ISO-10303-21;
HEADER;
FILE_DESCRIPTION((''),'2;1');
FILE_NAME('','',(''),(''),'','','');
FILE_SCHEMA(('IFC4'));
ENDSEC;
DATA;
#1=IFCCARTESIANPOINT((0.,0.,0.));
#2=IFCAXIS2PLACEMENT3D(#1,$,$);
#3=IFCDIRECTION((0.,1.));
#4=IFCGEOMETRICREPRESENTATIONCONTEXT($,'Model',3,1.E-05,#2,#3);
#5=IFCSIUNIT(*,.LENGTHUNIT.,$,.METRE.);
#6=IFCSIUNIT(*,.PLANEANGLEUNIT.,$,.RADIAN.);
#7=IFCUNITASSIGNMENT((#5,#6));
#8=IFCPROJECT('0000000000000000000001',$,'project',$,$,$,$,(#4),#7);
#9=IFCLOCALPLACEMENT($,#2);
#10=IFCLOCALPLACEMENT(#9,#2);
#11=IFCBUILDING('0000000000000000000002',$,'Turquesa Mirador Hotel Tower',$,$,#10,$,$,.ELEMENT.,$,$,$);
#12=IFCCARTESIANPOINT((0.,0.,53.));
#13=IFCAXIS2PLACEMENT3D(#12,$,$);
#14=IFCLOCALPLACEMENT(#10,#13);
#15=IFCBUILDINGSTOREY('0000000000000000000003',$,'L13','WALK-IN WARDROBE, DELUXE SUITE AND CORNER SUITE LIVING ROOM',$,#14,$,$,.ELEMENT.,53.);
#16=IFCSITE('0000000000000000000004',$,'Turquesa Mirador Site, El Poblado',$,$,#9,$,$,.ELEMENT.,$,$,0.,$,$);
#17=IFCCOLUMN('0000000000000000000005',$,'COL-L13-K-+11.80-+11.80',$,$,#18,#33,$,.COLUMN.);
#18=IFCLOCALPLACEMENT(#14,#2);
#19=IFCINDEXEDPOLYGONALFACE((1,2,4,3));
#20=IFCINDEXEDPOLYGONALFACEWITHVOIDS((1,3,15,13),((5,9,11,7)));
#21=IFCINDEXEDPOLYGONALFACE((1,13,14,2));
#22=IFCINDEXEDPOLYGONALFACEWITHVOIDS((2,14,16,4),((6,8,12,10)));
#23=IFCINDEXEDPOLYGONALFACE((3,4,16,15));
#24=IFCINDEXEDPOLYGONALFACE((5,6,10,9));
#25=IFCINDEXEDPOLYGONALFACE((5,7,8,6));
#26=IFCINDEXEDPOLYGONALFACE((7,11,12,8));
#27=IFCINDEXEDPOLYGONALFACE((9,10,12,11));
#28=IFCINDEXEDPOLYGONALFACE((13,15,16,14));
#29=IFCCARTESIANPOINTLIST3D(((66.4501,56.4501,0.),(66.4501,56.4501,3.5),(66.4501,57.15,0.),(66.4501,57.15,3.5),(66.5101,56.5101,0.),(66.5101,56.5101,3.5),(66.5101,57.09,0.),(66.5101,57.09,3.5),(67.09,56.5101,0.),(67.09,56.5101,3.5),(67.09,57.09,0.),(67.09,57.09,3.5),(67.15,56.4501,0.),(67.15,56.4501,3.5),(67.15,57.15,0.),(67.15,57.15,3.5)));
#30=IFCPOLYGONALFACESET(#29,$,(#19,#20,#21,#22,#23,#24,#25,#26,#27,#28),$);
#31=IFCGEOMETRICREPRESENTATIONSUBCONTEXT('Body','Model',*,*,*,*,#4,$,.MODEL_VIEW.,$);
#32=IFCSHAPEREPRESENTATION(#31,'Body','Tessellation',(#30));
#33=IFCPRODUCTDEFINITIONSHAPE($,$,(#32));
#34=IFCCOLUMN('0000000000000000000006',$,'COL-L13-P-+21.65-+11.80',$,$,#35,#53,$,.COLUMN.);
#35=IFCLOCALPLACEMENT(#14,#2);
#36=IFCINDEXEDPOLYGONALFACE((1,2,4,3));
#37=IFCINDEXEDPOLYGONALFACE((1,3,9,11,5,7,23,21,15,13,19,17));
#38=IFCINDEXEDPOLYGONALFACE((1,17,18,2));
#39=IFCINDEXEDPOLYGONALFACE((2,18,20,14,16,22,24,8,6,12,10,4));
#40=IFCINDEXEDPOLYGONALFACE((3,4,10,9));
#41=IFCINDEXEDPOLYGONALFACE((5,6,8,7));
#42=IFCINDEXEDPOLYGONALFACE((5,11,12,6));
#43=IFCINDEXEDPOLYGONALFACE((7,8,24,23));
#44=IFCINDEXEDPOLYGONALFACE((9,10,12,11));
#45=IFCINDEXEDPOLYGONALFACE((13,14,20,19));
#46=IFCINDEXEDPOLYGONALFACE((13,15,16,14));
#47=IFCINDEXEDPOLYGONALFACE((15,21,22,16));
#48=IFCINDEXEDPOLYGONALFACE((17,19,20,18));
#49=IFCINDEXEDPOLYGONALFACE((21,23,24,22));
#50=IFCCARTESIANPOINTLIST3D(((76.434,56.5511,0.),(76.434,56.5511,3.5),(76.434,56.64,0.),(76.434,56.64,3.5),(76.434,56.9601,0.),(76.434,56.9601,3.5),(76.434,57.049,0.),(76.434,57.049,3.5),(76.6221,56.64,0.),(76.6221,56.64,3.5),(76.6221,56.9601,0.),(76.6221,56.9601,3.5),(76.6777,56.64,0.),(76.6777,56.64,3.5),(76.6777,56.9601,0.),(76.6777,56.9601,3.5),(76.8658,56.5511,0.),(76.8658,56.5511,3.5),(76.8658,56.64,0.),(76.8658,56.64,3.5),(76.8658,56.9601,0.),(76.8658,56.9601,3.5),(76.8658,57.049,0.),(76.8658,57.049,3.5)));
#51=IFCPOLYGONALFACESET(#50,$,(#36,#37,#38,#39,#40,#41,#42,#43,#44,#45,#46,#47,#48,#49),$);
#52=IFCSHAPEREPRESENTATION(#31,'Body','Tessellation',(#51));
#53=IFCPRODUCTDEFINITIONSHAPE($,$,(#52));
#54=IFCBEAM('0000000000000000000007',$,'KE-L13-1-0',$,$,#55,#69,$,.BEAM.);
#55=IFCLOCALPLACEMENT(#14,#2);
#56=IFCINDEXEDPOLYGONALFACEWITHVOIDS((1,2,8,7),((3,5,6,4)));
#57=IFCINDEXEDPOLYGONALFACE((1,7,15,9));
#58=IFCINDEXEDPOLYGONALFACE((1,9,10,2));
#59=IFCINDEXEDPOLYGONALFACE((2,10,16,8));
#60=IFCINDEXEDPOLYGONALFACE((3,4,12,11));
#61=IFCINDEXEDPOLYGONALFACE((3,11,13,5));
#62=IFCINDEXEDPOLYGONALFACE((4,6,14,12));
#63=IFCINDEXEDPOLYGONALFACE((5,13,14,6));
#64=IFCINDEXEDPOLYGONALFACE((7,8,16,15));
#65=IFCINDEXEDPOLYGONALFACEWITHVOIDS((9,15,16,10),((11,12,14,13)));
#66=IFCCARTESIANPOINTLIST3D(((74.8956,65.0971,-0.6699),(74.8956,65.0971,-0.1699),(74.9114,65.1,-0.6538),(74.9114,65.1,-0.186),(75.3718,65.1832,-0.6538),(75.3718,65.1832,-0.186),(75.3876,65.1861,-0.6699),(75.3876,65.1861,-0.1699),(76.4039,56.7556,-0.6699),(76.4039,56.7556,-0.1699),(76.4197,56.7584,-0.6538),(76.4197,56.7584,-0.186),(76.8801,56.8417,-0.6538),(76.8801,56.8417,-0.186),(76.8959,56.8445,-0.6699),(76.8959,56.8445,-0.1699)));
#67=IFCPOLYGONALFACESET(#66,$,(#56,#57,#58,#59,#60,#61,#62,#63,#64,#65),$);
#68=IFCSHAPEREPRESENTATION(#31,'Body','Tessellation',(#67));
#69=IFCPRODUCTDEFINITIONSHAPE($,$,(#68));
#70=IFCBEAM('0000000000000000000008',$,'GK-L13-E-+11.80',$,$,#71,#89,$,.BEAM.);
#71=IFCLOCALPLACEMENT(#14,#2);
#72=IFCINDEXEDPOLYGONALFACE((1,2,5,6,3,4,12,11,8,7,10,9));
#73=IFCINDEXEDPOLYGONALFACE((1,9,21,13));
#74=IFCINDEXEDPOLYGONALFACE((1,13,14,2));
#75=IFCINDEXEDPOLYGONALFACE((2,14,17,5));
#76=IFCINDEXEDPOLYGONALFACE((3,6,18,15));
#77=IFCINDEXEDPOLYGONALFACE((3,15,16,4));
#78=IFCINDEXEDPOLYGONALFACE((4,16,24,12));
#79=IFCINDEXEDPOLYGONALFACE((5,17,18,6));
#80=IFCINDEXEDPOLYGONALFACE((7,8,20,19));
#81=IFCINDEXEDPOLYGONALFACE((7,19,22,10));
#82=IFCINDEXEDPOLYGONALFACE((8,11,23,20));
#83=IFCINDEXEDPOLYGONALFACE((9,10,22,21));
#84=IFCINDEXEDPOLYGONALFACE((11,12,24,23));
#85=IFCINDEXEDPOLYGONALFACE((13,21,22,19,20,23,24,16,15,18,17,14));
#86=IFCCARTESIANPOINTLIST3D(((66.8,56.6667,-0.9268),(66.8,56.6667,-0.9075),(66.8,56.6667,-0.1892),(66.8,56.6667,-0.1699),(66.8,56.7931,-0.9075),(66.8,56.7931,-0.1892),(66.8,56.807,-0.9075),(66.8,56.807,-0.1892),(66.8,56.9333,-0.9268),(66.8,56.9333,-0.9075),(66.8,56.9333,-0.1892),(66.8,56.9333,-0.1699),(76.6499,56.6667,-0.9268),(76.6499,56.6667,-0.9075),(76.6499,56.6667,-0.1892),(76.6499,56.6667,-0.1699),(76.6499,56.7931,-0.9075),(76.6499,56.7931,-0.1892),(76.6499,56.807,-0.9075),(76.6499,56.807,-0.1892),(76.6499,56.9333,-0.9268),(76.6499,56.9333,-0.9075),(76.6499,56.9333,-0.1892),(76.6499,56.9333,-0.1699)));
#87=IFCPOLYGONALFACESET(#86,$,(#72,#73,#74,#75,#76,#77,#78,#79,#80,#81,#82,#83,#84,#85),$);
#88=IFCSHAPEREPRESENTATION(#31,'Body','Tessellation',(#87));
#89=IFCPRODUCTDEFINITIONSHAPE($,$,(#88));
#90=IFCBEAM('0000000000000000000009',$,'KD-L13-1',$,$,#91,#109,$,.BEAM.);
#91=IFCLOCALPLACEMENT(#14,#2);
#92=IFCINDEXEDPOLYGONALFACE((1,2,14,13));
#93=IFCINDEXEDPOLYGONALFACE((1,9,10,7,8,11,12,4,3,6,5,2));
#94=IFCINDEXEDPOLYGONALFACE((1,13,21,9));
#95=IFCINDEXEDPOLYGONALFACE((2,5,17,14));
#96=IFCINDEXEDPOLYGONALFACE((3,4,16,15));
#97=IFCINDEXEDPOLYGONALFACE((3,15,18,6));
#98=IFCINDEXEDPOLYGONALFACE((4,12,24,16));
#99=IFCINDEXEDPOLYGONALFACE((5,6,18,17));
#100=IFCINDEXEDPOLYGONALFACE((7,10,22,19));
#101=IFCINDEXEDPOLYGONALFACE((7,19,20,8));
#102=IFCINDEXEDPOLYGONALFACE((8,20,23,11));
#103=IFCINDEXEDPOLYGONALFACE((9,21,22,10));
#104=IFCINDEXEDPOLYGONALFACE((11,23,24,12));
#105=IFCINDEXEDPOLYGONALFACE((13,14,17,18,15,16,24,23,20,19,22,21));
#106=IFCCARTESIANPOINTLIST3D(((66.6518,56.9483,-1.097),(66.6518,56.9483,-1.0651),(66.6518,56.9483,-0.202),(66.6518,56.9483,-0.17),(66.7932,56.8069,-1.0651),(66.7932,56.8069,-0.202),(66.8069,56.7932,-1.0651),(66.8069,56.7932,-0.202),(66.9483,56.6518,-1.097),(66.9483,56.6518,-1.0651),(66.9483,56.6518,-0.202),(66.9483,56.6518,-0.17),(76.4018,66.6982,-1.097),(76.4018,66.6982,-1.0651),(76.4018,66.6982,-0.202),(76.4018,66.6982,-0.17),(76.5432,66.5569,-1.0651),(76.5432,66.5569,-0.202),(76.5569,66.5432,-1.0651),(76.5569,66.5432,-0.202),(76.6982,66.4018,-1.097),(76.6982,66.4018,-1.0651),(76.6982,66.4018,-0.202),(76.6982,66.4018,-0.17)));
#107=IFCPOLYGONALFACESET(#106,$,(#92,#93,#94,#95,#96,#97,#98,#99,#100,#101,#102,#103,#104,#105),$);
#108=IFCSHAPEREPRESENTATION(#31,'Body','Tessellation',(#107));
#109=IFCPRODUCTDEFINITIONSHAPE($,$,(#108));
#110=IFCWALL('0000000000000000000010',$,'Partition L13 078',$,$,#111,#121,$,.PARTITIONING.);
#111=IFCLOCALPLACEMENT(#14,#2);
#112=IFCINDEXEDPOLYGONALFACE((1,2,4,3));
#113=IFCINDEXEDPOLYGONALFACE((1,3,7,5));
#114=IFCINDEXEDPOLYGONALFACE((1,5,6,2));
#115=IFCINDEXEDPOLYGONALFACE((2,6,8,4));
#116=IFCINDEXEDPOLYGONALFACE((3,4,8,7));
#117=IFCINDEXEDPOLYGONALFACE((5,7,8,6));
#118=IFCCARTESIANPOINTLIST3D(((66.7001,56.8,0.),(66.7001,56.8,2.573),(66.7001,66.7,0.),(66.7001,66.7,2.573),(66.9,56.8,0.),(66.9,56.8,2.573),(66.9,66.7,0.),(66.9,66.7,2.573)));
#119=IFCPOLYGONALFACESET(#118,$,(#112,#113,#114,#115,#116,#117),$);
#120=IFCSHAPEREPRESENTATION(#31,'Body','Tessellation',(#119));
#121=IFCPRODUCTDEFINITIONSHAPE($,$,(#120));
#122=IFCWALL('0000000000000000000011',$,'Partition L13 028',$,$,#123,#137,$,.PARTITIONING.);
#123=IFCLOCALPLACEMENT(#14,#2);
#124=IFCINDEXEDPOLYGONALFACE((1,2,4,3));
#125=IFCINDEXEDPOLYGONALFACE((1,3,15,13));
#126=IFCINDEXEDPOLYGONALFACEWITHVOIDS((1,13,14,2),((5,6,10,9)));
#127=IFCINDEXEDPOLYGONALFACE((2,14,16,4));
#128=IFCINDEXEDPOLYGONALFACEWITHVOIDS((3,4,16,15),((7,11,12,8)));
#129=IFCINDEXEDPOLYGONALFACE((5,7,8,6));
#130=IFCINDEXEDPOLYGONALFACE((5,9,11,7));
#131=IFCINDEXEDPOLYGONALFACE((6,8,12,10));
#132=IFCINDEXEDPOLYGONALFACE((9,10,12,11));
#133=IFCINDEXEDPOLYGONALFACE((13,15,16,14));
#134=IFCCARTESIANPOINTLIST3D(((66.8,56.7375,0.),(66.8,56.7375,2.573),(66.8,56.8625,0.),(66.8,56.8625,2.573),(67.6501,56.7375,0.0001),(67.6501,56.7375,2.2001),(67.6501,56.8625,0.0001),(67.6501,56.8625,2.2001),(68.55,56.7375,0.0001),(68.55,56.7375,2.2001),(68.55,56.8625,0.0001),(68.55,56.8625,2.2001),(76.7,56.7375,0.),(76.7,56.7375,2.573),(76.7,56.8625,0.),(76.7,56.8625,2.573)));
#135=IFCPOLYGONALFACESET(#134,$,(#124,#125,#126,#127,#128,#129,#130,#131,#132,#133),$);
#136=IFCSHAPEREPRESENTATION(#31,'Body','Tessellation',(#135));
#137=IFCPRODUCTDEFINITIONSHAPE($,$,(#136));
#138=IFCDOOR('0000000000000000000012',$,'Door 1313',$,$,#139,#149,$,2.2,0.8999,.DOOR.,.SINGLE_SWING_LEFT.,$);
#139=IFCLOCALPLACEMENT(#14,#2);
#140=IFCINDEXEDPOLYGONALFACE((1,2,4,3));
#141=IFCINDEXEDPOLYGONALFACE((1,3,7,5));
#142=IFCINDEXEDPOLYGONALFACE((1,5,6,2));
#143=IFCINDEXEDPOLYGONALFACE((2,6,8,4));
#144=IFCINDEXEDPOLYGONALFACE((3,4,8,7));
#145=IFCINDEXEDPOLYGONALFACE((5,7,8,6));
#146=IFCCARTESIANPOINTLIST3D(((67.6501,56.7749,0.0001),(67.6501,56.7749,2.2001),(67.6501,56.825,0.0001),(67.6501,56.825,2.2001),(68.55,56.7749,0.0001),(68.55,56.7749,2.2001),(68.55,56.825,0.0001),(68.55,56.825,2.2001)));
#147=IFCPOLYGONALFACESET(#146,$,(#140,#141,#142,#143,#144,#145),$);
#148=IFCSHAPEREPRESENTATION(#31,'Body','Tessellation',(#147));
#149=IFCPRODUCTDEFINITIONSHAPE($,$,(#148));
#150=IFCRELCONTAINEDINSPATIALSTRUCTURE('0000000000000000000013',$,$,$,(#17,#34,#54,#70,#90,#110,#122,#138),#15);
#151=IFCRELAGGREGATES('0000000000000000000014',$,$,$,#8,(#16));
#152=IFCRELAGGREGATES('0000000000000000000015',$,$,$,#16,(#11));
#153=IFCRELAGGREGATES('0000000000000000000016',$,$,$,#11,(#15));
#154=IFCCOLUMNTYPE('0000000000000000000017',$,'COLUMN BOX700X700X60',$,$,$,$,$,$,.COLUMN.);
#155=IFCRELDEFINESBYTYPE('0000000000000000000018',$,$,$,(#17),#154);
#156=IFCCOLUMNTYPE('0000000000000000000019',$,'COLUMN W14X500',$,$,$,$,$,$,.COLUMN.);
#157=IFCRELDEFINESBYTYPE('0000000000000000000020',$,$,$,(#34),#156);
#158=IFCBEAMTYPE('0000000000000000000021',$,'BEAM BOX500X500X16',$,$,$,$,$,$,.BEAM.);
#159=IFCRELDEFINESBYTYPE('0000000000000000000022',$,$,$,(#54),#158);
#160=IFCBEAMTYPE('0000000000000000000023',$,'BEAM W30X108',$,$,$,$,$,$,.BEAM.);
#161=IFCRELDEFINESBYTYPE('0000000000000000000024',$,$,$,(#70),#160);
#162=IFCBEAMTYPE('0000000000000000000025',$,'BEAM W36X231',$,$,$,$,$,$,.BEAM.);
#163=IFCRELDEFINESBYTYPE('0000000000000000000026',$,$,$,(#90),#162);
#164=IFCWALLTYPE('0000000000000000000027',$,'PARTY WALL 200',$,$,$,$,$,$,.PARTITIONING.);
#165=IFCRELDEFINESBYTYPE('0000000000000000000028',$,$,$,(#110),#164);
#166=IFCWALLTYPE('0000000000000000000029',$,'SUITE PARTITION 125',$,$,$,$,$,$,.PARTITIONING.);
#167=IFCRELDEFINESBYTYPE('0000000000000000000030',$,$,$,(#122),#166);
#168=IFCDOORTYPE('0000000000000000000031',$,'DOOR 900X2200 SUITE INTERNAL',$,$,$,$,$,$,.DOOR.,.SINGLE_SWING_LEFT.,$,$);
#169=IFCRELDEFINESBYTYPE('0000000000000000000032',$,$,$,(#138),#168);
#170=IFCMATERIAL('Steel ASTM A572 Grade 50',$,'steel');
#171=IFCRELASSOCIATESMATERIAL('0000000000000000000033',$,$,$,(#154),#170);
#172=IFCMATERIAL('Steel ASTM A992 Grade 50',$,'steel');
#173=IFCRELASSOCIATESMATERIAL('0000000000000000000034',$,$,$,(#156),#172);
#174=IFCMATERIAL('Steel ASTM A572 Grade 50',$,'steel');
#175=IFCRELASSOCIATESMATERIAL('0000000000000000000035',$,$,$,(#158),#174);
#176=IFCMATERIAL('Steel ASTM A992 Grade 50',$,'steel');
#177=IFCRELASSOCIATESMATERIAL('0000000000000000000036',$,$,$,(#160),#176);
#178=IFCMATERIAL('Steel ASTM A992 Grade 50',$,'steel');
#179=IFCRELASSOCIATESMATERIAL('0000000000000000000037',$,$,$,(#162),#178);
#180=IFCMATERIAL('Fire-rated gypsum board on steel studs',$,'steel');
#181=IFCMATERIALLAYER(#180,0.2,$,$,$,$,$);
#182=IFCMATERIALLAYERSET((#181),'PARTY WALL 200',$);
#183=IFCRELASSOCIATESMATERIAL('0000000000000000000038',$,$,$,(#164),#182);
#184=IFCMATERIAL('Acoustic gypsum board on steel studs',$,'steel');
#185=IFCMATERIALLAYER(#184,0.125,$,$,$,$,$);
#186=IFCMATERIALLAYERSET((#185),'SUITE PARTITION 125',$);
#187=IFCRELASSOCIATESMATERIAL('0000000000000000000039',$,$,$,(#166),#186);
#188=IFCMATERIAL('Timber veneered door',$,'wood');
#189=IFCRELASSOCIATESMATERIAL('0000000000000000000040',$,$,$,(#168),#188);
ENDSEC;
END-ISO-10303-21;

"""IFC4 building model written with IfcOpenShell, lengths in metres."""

from ifc_helpers import new_model, si_unit, direction, frame, frame_2d, origin, origin_2d, place, context, subcontext, project, spatial, rectangle, hollow_rectangle, i_section, extrude, material, layer, layer_set, material_profile, profile_set, type_object, element, fill, save


model = new_model("IFC4")

# Units and contexts
model_context = context("Model", 3, precision=1e-05, world=origin(), true_north=direction((0.0, 1.0)))
body_context = subcontext(model_context, "Body", "Model", "MODEL_VIEW")
ifc_project = project(units=[si_unit("LENGTHUNIT", "METRE"), si_unit("PLANEANGLEUNIT", "RADIAN")], contexts=[model_context])

# Site, building, storey
site_placement = place(None, origin())
site = spatial("IfcSite", under=ifc_project, at=site_placement, Name="Turquesa Mirador Site, El Poblado", CompositionType="ELEMENT", RefElevation=0.0)
building_placement = place(site_placement, origin())
building = spatial("IfcBuilding", under=site, at=building_placement, Name="Turquesa Mirador Hotel Tower", CompositionType="ELEMENT")
storey_placement = place(building_placement, frame((0.0, 0.0, 53.0)))
storey = spatial("IfcBuildingStorey", under=building, at=storey_placement, Name="L13", Description="WALK-IN WARDROBE, DELUXE SUITE AND CORNER SUITE LIVING ROOM", CompositionType="ELEMENT", Elevation=53.0)

# Columns
ifc_material_1 = material(Name="Steel ASTM A572 Grade 50", Category="steel")
ifc_material_profile_1 = material_profile(ifc_material_1, hollow_rectangle(XDim=0.7, YDim=0.7, WallThickness=0.0601, at=origin_2d()), Name="BOX700X700X60")
ifc_profile_set_1 = profile_set([ifc_material_profile_1], Name="Steel ASTM A572 Grade 50")
column_type_1 = type_object("IfcColumnType", Name="COLUMN BOX700X700X60", PredefinedType="COLUMN", material=ifc_profile_set_1)
column_1_placement = place(storey_placement, frame((66.8, 56.8, 0.0), z_axis=(0.0, 0.0, 1.0), x_axis=(1.0, 0.0, 0.0)))
element("IfcColumn", 1, at=column_1_placement, inside=storey, type_object=column_type_1, Name="COL-L13-K-+11.80-+11.80", PredefinedType="COLUMN", context=body_context, shape_type="SweptSolid", body=[
    extrude(hollow_rectangle(XDim=0.7, YDim=0.7, WallThickness=0.0601, at=origin_2d()), origin(), (0.0, 0.0, 1.0), 3.5),
])
ifc_material_2 = material(Name="Steel ASTM A992 Grade 50", Category="steel")
ifc_material_profile_2 = material_profile(ifc_material_2, i_section(OverallWidth=0.4319, OverallDepth=0.4978, WebThickness=0.0557, FlangeThickness=0.0889, at=origin_2d()), Name="W14X500")
ifc_profile_set_2 = profile_set([ifc_material_profile_2], Name="Steel ASTM A992 Grade 50")
column_type_2 = type_object("IfcColumnType", Name="COLUMN W14X500", PredefinedType="COLUMN", material=ifc_profile_set_2)
column_2_placement = place(storey_placement, frame((76.6499, 56.8, 0.0), z_axis=(0.0, 0.0, 1.0), x_axis=(1.0, 0.0, 0.0)))
element("IfcColumn", 2, at=column_2_placement, inside=storey, type_object=column_type_2, Name="COL-L13-P-+21.65-+11.80", PredefinedType="COLUMN", context=body_context, shape_type="SweptSolid", body=[
    extrude(i_section(OverallWidth=0.4319, OverallDepth=0.4978, WebThickness=0.0557, FlangeThickness=0.0889, at=origin_2d()), origin(), (0.0, 0.0, 1.0), 3.5),
])

# Beams
ifc_material_3 = material(Name="Steel ASTM A572 Grade 50", Category="steel")
ifc_material_profile_3 = material_profile(ifc_material_3, hollow_rectangle(XDim=0.5, YDim=0.5, WallThickness=0.0161, at=origin_2d()), Name="BOX500X500X16")
ifc_profile_set_3 = profile_set([ifc_material_profile_3], Name="Steel ASTM A572 Grade 50")
beam_type_1 = type_object("IfcBeamType", Name="BEAM BOX500X500X16", PredefinedType="BEAM", material=ifc_profile_set_3)
beam_1_placement = place(storey_placement, frame((76.6499, 56.8, -0.4199), z_axis=(-0.177932, 0.984043, 0.0), x_axis=(-0.984043, -0.177932, 0.0)))
element("IfcBeam", 3, at=beam_1_placement, inside=storey, type_object=beam_type_1, Name="KE-L13-1-0", PredefinedType="BEAM", context=body_context, shape_type="SweptSolid", body=[
    extrude(hollow_rectangle(XDim=0.5, YDim=0.5, WallThickness=0.0161, at=origin_2d()), origin(), (0.0, 0.0, 1.0), 8.4768),
])
ifc_material_4 = material(Name="Steel ASTM A992 Grade 50", Category="steel")
ifc_material_profile_4 = material_profile(ifc_material_4, i_section(OverallWidth=0.2666, OverallDepth=0.7568, WebThickness=0.0139, FlangeThickness=0.0193, at=origin_2d()), Name="W30X108")
ifc_profile_set_4 = profile_set([ifc_material_profile_4], Name="Steel ASTM A992 Grade 50")
beam_type_2 = type_object("IfcBeamType", Name="BEAM W30X108", PredefinedType="BEAM", material=ifc_profile_set_4)
beam_2_placement = place(storey_placement, frame((76.6499, 56.8, -0.5483), z_axis=(-1.0, 0.0, 0.0), x_axis=(0.0, -1.0, 0.0)))
element("IfcBeam", 4, at=beam_2_placement, inside=storey, type_object=beam_type_2, Name="GK-L13-E-+11.80", PredefinedType="BEAM", context=body_context, shape_type="SweptSolid", body=[
    extrude(i_section(OverallWidth=0.2666, OverallDepth=0.7568, WebThickness=0.0139, FlangeThickness=0.0193, at=origin_2d()), origin(), (0.0, 0.0, 1.0), 9.8499),
])
ifc_material_5 = material(Name="Steel ASTM A992 Grade 50", Category="steel")
ifc_material_profile_5 = material_profile(ifc_material_5, i_section(OverallWidth=0.4192, OverallDepth=0.927, WebThickness=0.0193, FlangeThickness=0.032, at=origin_2d()), Name="W36X231")
ifc_profile_set_5 = profile_set([ifc_material_profile_5], Name="Steel ASTM A992 Grade 50")
beam_type_3 = type_object("IfcBeamType", Name="BEAM W36X231", PredefinedType="BEAM", material=ifc_profile_set_5)
beam_3_placement = place(storey_placement, frame((66.8, 56.8, -0.6335), z_axis=(0.707107, 0.707107, 0.0), x_axis=(-0.707107, 0.707107, 0.0)))
element("IfcBeam", 5, at=beam_3_placement, inside=storey, type_object=beam_type_3, Name="KD-L13-1", PredefinedType="BEAM", context=body_context, shape_type="SweptSolid", body=[
    extrude(i_section(OverallWidth=0.4192, OverallDepth=0.927, WebThickness=0.0193, FlangeThickness=0.032, at=origin_2d()), origin(), (0.0, 0.0, 1.0), 13.7886),
])

# Wall
ifc_material_6 = material(Name="Fire-rated gypsum board on steel studs", Category="steel")
ifc_layer_1 = layer(ifc_material_6, 0.2)
ifc_layer_set_1 = layer_set([ifc_layer_1], Name="PARTY WALL 200")
wall_type_1 = type_object("IfcWallType", Name="PARTY WALL 200", PredefinedType="PARTITIONING", material=ifc_layer_set_1)
wall_1_placement = place(storey_placement, frame((66.8, 56.8, 0.0), z_axis=(0.0, 0.0, 1.0), x_axis=(0.0, 1.0, 0.0)))
element("IfcWall", 6, at=wall_1_placement, inside=storey, type_object=wall_type_1, Name="Partition L13 078", PredefinedType="PARTITIONING", context=body_context, shape_type="SweptSolid", body=[
    extrude(rectangle(XDim=9.8999, YDim=0.2, at=frame_2d((4.95, 0.0))), origin(), (0.0, 0.0, 1.0), 2.573),
])

# Wall, opening, door
ifc_material_7 = material(Name="Acoustic gypsum board on steel studs", Category="steel")
ifc_layer_2 = layer(ifc_material_7, 0.125)
ifc_layer_set_2 = layer_set([ifc_layer_2], Name="SUITE PARTITION 125")
wall_type_2 = type_object("IfcWallType", Name="SUITE PARTITION 125", PredefinedType="PARTITIONING", material=ifc_layer_set_2)
wall_2_placement = place(storey_placement, frame((66.8, 56.8, 0.0), z_axis=(0.0, 0.0, 1.0), x_axis=(1.0, 0.0, 0.0)))
wall_2 = element("IfcWall", 7, at=wall_2_placement, inside=storey, type_object=wall_type_2, Name="Partition L13 028", PredefinedType="PARTITIONING", context=body_context, shape_type="SweptSolid", body=[
    extrude(rectangle(XDim=9.8999, YDim=0.125, at=frame_2d((4.95, 0.0))), origin(), (0.0, 0.0, 1.0), 2.573),
])
opening_1_placement = place(wall_2_placement, frame((0.8501, 0.0, 0.0)))
opening_1 = element("IfcOpeningElement", 8, at=opening_1_placement, cuts=wall_2, PredefinedType="OPENING", context=body_context, shape_type="SweptSolid", body=[
    extrude(rectangle(XDim=0.8999, YDim=2.2, at=frame_2d((0.45, 1.1001))), frame((0.0, 0.0725, 0.0), z_axis=(0.0, -1.0, 0.0), x_axis=(1.0, 0.0, 0.0)), (0.0, 0.0, 1.0), 0.145),
])
ifc_material_8 = material(Name="Timber veneered door", Category="wood")
door_type = type_object("IfcDoorType", Name="DOOR 900X2200 SUITE INTERNAL", OperationType="SINGLE_SWING_LEFT", PredefinedType="DOOR", material=ifc_material_8)
door_1_placement = place(opening_1_placement, origin())
door_1 = element("IfcDoor", 9, at=door_1_placement, inside=storey, type_object=door_type, Name="Door 1313", OperationType="SINGLE_SWING_LEFT", OverallHeight=2.2, OverallWidth=0.8999, PredefinedType="DOOR", context=body_context, shape_type="SweptSolid", body=[
    extrude(rectangle(XDim=0.8999, YDim=2.2, at=frame_2d((0.45, 1.1001))), frame((0.0, 0.0249, 0.0), z_axis=(0.0, -1.0, 0.0), x_axis=(1.0, 0.0, 0.0)), (0.0, 0.0, 1.0), 0.05),
])
fill(opening_1, door_1)

save(model, "model.ifc")
